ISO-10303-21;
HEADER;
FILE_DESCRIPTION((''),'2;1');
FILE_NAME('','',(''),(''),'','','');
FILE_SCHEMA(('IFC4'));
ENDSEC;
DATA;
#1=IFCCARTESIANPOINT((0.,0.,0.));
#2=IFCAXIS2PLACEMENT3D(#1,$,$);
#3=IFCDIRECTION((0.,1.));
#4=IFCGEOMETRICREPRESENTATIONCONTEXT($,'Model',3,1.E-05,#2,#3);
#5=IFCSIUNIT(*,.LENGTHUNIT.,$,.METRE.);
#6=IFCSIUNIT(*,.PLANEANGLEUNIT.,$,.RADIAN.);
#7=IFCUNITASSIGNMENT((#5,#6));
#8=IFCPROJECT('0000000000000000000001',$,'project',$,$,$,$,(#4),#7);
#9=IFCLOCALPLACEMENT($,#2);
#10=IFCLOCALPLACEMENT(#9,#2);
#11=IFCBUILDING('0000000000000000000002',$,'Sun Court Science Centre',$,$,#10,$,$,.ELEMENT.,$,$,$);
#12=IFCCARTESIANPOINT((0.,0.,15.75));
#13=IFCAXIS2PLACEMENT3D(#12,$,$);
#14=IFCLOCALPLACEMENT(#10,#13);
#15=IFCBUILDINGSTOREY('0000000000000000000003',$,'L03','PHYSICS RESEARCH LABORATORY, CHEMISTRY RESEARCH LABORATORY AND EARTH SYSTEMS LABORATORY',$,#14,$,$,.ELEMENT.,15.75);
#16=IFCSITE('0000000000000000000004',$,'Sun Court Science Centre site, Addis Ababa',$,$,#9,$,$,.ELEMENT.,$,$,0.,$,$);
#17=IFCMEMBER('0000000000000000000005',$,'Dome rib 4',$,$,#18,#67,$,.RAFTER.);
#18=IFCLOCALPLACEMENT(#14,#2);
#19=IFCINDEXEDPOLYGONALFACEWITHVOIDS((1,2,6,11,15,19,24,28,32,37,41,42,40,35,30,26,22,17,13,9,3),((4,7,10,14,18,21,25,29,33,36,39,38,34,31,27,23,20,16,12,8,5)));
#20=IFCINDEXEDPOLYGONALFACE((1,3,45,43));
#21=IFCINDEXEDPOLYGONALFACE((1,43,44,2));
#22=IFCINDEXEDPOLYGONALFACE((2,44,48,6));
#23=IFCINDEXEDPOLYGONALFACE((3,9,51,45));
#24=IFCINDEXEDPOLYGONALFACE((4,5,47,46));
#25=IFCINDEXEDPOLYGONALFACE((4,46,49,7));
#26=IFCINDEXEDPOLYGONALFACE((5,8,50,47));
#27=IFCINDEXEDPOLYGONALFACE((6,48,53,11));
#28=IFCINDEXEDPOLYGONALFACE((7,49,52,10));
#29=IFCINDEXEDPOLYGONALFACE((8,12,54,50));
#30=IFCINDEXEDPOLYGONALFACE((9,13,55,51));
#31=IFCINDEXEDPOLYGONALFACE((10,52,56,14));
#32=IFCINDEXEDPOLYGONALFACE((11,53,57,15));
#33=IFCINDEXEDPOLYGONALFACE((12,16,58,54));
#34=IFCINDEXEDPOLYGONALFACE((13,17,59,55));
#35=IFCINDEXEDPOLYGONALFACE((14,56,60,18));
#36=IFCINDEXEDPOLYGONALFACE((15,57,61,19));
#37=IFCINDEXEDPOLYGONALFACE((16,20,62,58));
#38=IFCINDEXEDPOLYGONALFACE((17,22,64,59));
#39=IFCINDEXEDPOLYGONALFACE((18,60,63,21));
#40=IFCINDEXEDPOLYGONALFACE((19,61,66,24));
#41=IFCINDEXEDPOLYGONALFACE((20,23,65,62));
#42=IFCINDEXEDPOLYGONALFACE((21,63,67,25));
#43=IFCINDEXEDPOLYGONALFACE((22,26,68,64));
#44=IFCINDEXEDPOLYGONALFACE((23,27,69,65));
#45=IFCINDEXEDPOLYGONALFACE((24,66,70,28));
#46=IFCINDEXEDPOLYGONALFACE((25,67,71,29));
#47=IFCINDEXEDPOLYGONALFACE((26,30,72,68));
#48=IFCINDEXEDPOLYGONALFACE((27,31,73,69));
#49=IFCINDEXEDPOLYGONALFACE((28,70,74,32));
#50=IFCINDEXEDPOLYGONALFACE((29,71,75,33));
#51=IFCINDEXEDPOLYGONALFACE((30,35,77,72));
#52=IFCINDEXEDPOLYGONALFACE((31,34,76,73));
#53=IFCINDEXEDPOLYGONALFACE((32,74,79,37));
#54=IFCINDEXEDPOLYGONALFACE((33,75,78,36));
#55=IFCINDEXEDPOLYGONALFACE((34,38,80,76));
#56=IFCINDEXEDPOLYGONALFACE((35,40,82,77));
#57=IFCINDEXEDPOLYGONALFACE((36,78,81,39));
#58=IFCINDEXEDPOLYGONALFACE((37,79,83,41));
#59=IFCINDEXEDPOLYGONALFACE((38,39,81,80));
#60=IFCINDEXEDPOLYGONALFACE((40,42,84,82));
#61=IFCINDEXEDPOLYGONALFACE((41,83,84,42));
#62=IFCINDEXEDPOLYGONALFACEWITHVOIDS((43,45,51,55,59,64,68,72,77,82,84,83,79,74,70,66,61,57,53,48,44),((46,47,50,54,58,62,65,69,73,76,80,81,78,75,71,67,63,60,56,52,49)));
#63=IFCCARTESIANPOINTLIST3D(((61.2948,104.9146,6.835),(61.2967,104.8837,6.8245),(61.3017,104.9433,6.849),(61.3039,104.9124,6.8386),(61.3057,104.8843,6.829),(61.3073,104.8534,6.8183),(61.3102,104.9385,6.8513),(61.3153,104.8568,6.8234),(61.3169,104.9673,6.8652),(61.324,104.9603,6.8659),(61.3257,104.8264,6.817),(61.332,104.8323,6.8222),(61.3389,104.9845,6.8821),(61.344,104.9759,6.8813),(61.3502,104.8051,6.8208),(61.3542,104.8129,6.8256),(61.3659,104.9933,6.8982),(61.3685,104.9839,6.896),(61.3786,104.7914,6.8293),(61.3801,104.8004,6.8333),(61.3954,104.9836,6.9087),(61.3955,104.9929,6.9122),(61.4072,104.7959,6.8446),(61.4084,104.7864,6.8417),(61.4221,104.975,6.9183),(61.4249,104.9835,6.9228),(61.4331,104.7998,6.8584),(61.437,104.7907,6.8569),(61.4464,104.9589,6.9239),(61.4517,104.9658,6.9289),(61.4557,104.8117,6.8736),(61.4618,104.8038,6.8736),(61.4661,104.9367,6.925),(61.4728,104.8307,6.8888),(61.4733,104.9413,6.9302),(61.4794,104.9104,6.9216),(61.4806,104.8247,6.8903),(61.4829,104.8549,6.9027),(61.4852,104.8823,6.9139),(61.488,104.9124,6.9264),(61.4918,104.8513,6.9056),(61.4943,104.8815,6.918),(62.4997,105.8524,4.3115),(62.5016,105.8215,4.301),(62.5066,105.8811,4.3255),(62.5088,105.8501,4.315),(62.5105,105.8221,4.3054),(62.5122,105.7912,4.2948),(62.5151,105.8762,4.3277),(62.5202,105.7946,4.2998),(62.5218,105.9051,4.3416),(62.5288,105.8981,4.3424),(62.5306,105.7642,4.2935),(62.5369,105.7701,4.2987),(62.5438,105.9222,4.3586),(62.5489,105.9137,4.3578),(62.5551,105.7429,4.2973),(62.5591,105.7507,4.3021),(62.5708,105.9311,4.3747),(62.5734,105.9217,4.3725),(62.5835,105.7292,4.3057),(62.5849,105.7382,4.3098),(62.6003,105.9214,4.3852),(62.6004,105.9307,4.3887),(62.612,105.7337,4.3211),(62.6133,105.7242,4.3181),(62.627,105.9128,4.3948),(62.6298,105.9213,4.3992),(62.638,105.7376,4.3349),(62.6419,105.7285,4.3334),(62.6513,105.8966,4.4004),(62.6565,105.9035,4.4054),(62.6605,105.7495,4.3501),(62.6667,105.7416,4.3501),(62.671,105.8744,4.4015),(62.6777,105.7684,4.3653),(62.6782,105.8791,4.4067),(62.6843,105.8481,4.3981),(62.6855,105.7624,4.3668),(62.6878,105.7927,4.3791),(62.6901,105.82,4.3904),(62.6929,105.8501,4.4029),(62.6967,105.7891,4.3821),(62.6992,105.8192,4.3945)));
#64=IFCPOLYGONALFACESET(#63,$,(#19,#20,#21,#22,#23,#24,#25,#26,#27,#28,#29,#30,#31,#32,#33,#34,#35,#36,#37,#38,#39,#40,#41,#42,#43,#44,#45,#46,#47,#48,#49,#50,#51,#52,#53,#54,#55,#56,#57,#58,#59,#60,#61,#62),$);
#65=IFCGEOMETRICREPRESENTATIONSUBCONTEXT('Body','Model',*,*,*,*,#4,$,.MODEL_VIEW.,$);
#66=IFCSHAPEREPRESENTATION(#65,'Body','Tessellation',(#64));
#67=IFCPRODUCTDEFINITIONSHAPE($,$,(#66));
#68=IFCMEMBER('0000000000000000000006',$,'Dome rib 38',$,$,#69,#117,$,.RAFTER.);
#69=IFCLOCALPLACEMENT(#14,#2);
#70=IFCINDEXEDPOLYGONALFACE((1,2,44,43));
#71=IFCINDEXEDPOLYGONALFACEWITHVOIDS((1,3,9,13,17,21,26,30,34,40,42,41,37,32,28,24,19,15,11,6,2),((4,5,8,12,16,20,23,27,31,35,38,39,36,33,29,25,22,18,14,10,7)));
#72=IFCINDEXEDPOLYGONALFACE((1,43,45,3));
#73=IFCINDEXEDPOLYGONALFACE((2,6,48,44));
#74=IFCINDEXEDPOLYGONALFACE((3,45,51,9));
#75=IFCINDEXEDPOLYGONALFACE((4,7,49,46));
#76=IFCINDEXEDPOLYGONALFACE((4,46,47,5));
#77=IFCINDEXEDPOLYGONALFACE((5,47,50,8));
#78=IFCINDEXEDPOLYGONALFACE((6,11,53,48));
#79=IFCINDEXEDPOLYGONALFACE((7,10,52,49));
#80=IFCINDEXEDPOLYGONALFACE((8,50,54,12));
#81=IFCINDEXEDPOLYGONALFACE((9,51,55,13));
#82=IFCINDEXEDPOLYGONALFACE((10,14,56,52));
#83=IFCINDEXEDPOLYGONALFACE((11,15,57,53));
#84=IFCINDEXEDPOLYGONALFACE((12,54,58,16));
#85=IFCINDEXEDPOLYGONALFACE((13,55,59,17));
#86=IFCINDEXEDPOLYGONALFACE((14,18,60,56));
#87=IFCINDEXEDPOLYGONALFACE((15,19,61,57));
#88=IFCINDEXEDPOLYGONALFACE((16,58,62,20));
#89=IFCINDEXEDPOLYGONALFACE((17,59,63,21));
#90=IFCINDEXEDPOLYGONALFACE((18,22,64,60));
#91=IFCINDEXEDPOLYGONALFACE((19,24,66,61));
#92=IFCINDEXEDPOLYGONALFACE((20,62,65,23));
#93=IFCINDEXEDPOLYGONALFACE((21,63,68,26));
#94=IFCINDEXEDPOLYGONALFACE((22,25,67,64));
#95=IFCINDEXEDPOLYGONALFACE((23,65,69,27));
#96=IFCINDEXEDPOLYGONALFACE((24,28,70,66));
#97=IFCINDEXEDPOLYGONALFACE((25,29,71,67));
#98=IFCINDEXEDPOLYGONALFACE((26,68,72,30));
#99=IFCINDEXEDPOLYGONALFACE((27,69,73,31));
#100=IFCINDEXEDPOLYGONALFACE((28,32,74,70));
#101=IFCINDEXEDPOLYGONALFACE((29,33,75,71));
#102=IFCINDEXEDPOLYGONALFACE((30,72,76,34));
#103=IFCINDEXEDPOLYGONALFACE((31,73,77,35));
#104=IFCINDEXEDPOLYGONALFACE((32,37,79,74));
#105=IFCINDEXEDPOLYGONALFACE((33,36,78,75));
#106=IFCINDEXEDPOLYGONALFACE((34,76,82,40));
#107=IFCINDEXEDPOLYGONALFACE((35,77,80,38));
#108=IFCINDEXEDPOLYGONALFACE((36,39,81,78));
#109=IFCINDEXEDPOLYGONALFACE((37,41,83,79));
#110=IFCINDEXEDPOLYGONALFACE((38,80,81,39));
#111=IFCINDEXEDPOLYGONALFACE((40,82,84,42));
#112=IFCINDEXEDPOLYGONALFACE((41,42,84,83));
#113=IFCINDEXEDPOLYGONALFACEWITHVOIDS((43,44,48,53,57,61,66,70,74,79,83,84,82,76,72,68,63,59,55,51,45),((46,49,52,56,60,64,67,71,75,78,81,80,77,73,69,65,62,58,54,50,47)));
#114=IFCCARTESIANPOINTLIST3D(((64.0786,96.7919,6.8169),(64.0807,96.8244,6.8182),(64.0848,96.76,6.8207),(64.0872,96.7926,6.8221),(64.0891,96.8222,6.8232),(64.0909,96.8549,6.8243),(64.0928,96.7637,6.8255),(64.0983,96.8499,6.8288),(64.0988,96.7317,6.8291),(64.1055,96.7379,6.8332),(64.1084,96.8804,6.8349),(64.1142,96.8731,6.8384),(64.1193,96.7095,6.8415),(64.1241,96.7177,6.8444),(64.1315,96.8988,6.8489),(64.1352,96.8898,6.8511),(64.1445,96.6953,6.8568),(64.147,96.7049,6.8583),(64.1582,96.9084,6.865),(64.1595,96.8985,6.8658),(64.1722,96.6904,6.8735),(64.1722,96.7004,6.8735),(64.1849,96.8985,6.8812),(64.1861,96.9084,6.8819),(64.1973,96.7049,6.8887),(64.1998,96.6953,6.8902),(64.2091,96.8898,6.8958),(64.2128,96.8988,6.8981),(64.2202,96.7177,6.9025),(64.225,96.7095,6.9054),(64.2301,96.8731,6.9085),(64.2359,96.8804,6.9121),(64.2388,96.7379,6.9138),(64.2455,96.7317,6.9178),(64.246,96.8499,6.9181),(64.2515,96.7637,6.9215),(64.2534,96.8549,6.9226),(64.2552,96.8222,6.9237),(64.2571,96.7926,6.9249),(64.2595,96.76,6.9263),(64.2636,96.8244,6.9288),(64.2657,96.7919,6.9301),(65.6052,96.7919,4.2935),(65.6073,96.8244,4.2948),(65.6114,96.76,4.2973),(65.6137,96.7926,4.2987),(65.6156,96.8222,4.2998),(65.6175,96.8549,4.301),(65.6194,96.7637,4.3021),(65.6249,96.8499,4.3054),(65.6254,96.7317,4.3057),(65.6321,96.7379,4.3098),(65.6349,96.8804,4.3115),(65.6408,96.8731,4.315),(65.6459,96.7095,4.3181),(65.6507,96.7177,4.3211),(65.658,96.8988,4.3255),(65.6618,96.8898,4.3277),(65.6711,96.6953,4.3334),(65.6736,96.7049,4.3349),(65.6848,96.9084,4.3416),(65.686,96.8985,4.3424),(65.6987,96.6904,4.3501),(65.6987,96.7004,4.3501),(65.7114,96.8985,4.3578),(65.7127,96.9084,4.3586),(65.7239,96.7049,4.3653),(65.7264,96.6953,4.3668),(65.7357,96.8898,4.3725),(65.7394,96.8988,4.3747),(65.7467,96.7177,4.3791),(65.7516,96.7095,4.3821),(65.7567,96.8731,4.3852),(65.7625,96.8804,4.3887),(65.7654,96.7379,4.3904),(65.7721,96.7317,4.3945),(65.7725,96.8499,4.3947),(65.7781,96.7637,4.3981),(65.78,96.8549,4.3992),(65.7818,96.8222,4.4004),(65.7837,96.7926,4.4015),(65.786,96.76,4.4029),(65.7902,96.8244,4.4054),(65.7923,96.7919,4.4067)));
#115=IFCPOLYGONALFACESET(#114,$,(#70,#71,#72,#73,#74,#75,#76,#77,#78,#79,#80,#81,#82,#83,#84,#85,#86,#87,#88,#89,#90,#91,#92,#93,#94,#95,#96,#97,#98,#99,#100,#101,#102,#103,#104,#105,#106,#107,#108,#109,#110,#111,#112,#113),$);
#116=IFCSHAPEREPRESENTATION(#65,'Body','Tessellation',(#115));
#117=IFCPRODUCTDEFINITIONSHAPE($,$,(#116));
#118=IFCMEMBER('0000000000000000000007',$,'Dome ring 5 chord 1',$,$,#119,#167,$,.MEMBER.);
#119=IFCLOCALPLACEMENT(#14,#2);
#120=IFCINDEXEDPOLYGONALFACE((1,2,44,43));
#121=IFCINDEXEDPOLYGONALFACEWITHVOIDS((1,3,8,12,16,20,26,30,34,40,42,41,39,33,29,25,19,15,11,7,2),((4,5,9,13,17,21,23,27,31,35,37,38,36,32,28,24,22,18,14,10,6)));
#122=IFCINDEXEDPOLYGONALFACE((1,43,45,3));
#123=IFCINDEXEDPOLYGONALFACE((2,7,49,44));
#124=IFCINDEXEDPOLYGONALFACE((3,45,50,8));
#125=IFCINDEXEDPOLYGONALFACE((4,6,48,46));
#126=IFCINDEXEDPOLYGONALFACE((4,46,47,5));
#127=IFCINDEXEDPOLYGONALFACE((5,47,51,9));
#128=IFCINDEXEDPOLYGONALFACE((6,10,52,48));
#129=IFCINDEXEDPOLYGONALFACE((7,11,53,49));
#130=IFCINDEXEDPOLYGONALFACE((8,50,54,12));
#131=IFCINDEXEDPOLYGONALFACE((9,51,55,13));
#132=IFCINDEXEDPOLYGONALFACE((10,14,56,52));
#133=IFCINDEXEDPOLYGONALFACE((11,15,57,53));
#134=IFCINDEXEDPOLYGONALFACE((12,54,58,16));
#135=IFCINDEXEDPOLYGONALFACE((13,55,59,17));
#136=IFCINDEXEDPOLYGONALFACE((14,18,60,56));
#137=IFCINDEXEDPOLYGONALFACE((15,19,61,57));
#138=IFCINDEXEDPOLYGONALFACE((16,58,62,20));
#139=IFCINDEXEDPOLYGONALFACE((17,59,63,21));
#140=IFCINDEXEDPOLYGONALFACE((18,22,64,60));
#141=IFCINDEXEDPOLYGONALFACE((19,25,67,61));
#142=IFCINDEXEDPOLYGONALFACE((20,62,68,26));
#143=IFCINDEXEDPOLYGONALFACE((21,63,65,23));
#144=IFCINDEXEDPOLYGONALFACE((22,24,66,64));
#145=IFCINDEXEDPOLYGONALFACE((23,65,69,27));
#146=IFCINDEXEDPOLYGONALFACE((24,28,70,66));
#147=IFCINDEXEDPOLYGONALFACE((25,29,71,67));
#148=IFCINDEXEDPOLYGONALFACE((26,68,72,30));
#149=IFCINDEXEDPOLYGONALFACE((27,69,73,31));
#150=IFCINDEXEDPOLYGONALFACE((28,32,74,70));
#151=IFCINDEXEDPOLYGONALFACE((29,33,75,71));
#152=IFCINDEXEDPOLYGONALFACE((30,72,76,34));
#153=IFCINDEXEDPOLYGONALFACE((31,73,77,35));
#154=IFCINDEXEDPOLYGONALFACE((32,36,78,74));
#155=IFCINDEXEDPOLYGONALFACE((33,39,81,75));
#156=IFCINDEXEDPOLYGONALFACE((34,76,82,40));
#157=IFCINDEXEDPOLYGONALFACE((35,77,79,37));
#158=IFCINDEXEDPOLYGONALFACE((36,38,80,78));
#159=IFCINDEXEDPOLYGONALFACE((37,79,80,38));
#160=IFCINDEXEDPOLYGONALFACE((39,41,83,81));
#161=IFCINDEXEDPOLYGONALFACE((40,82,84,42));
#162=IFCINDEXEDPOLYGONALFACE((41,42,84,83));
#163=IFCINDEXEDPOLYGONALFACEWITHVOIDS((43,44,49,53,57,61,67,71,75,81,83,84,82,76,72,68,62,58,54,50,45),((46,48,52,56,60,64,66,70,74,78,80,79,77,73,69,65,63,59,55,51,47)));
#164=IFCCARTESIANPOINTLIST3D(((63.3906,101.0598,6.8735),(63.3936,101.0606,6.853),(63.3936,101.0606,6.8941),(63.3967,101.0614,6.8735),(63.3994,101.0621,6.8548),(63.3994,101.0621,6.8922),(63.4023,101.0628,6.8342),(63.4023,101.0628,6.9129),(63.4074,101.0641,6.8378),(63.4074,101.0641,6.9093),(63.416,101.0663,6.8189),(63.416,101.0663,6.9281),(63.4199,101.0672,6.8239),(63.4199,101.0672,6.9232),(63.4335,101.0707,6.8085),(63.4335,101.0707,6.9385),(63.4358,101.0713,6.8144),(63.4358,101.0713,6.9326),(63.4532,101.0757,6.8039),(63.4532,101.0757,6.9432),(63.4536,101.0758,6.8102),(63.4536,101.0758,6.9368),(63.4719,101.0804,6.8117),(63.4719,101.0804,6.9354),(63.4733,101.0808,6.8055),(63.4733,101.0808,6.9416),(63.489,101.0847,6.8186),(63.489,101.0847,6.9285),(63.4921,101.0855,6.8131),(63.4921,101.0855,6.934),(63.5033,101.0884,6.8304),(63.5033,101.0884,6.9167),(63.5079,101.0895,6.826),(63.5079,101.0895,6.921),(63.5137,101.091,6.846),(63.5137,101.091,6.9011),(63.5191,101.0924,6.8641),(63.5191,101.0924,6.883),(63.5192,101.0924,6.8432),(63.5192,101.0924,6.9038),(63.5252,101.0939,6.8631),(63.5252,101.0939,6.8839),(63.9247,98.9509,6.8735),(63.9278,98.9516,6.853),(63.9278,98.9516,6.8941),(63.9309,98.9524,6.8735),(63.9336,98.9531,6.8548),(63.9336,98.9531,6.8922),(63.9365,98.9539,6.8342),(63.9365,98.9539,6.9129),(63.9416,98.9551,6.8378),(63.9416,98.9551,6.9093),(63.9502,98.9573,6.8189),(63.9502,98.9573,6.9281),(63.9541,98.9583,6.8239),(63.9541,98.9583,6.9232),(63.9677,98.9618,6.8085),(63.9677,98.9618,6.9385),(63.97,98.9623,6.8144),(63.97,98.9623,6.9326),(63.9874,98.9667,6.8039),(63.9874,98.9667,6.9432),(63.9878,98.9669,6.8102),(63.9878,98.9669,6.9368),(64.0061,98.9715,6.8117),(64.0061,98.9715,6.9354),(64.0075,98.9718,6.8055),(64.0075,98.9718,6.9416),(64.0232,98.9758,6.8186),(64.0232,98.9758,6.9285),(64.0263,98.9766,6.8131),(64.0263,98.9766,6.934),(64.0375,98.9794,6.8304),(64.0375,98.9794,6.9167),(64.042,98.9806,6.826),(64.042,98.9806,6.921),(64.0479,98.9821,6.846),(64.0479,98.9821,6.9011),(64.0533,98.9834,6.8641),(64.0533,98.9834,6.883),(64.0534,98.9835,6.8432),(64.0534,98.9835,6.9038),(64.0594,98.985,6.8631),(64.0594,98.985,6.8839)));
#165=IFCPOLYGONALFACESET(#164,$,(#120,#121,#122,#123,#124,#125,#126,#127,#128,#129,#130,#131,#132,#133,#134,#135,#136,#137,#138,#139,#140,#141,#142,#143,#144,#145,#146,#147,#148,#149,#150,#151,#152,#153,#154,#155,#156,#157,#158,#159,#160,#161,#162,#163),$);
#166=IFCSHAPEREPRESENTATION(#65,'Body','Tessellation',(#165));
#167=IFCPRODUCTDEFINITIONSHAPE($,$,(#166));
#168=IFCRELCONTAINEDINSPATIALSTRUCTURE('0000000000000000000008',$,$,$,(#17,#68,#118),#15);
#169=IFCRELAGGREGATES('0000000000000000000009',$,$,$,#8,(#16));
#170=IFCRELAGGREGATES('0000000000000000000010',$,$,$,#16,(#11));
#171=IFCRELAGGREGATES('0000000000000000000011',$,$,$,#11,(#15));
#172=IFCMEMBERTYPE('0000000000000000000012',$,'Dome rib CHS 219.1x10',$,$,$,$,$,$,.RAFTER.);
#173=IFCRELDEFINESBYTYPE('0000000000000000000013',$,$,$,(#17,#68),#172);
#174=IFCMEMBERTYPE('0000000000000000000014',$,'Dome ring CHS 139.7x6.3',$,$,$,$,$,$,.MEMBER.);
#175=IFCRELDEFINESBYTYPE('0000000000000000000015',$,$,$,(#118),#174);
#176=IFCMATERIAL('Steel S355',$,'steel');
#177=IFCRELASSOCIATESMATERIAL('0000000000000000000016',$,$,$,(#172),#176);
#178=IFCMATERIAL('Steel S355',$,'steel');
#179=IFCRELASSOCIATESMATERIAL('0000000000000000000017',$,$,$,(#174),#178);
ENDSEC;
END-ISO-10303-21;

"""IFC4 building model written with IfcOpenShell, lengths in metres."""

from ifc_helpers import new_model, si_unit, direction, frame, origin, origin_2d, place, context, subcontext, project, spatial, hollow_circle, extrude, material, material_profile, profile_set, type_object, element, save


model = new_model("IFC4")

# Units and contexts
model_context = context("Model", 3, precision=1e-05, world=origin(), true_north=direction((0.0, 1.0)))
body_context = subcontext(model_context, "Body", "Model", "MODEL_VIEW")
ifc_project = project(units=[si_unit("LENGTHUNIT", "METRE"), si_unit("PLANEANGLEUNIT", "RADIAN")], contexts=[model_context])

# Site, building, storey
site_placement = place(None, origin())
site = spatial("IfcSite", under=ifc_project, at=site_placement, Name="Sun Court Science Centre site, Addis Ababa", CompositionType="ELEMENT", RefElevation=0.0)
building_placement = place(site_placement, origin())
building = spatial("IfcBuilding", under=site, at=building_placement, Name="Sun Court Science Centre", CompositionType="ELEMENT")
storey_placement = place(building_placement, frame((0.0, 0.0, 15.75)))
storey = spatial("IfcBuildingStorey", under=building, at=storey_placement, Name="L03", Description="PHYSICS RESEARCH LABORATORY, CHEMISTRY RESEARCH LABORATORY AND EARTH SYSTEMS LABORATORY", CompositionType="ELEMENT", Elevation=15.75)

# Members
ifc_material_1 = material(Name="Steel S355", Category="steel")
ifc_material_profile_1 = material_profile(ifc_material_1, hollow_circle(Radius=0.1096, WallThickness=0.01, at=origin_2d()), Name="CHS 219.1x10")
ifc_profile_set_1 = profile_set([ifc_material_profile_1], Name="Steel S355")
member_type_1 = type_object("IfcMemberType", Name="Dome rib CHS 219.1x10", PredefinedType="RAFTER", material=ifc_profile_set_1)
for number, where, z_axis, x_axis, name in (
    (1, (62.5994, 105.8281, 4.3501), (-0.408507, -0.317948, 0.855588), (0.614206, -0.789146, 0.0), "Dome rib 4"),
):
    element("IfcMember", number, at=place(storey_placement, frame(where, z_axis=z_axis, x_axis=x_axis)), inside=storey, type_object=member_type_1, Name=name, PredefinedType="RAFTER", context=body_context, shape_type="SweptSolid", body=[
        extrude(hollow_circle(Radius=0.1096, WallThickness=0.01, at=origin_2d()), origin(), (0.0, 0.0, 1.0), 2.9495),
    ])
member_1_placement = place(storey_placement, frame((65.6987, 96.8, 4.3501), z_axis=(-0.517621, 0.0, 0.85561), x_axis=(0.0, -1.0, 0.0)))
element("IfcMember", 2, at=member_1_placement, inside=storey, type_object=member_type_1, Name="Dome rib 38", PredefinedType="RAFTER", context=body_context, shape_type="SweptSolid", body=[
    extrude(hollow_circle(Radius=0.1096, WallThickness=0.01, at=origin_2d()), origin(), (0.0, 0.0, 1.0), 2.9492),
])
ifc_material_2 = material(Name="Steel S355", Category="steel")
ifc_material_profile_2 = material_profile(ifc_material_2, hollow_circle(Radius=0.0698, WallThickness=0.0063, at=origin_2d()), Name="CHS 139.7x6.3")
ifc_profile_set_2 = profile_set([ifc_material_profile_2], Name="Steel S355")
member_type_2 = type_object("IfcMemberType", Name="Dome ring CHS 139.7x6.3", PredefinedType="MEMBER", material=ifc_profile_set_2)
member_2_placement = place(storey_placement, frame((63.9924, 98.968, 6.8735), z_axis=(-0.245545, 0.969385, 0.0), x_axis=(-0.969385, -0.245545, 0.0)))
element("IfcMember", 3, at=member_2_placement, inside=storey, type_object=member_type_2, Name="Dome ring 5 chord 1", PredefinedType="MEMBER", context=body_context, shape_type="SweptSolid", body=[
    extrude(hollow_circle(Radius=0.0698, WallThickness=0.0063, at=origin_2d()), origin(), (0.0, 0.0, 1.0), 2.1755),
])

save(model, "model.ifc")
